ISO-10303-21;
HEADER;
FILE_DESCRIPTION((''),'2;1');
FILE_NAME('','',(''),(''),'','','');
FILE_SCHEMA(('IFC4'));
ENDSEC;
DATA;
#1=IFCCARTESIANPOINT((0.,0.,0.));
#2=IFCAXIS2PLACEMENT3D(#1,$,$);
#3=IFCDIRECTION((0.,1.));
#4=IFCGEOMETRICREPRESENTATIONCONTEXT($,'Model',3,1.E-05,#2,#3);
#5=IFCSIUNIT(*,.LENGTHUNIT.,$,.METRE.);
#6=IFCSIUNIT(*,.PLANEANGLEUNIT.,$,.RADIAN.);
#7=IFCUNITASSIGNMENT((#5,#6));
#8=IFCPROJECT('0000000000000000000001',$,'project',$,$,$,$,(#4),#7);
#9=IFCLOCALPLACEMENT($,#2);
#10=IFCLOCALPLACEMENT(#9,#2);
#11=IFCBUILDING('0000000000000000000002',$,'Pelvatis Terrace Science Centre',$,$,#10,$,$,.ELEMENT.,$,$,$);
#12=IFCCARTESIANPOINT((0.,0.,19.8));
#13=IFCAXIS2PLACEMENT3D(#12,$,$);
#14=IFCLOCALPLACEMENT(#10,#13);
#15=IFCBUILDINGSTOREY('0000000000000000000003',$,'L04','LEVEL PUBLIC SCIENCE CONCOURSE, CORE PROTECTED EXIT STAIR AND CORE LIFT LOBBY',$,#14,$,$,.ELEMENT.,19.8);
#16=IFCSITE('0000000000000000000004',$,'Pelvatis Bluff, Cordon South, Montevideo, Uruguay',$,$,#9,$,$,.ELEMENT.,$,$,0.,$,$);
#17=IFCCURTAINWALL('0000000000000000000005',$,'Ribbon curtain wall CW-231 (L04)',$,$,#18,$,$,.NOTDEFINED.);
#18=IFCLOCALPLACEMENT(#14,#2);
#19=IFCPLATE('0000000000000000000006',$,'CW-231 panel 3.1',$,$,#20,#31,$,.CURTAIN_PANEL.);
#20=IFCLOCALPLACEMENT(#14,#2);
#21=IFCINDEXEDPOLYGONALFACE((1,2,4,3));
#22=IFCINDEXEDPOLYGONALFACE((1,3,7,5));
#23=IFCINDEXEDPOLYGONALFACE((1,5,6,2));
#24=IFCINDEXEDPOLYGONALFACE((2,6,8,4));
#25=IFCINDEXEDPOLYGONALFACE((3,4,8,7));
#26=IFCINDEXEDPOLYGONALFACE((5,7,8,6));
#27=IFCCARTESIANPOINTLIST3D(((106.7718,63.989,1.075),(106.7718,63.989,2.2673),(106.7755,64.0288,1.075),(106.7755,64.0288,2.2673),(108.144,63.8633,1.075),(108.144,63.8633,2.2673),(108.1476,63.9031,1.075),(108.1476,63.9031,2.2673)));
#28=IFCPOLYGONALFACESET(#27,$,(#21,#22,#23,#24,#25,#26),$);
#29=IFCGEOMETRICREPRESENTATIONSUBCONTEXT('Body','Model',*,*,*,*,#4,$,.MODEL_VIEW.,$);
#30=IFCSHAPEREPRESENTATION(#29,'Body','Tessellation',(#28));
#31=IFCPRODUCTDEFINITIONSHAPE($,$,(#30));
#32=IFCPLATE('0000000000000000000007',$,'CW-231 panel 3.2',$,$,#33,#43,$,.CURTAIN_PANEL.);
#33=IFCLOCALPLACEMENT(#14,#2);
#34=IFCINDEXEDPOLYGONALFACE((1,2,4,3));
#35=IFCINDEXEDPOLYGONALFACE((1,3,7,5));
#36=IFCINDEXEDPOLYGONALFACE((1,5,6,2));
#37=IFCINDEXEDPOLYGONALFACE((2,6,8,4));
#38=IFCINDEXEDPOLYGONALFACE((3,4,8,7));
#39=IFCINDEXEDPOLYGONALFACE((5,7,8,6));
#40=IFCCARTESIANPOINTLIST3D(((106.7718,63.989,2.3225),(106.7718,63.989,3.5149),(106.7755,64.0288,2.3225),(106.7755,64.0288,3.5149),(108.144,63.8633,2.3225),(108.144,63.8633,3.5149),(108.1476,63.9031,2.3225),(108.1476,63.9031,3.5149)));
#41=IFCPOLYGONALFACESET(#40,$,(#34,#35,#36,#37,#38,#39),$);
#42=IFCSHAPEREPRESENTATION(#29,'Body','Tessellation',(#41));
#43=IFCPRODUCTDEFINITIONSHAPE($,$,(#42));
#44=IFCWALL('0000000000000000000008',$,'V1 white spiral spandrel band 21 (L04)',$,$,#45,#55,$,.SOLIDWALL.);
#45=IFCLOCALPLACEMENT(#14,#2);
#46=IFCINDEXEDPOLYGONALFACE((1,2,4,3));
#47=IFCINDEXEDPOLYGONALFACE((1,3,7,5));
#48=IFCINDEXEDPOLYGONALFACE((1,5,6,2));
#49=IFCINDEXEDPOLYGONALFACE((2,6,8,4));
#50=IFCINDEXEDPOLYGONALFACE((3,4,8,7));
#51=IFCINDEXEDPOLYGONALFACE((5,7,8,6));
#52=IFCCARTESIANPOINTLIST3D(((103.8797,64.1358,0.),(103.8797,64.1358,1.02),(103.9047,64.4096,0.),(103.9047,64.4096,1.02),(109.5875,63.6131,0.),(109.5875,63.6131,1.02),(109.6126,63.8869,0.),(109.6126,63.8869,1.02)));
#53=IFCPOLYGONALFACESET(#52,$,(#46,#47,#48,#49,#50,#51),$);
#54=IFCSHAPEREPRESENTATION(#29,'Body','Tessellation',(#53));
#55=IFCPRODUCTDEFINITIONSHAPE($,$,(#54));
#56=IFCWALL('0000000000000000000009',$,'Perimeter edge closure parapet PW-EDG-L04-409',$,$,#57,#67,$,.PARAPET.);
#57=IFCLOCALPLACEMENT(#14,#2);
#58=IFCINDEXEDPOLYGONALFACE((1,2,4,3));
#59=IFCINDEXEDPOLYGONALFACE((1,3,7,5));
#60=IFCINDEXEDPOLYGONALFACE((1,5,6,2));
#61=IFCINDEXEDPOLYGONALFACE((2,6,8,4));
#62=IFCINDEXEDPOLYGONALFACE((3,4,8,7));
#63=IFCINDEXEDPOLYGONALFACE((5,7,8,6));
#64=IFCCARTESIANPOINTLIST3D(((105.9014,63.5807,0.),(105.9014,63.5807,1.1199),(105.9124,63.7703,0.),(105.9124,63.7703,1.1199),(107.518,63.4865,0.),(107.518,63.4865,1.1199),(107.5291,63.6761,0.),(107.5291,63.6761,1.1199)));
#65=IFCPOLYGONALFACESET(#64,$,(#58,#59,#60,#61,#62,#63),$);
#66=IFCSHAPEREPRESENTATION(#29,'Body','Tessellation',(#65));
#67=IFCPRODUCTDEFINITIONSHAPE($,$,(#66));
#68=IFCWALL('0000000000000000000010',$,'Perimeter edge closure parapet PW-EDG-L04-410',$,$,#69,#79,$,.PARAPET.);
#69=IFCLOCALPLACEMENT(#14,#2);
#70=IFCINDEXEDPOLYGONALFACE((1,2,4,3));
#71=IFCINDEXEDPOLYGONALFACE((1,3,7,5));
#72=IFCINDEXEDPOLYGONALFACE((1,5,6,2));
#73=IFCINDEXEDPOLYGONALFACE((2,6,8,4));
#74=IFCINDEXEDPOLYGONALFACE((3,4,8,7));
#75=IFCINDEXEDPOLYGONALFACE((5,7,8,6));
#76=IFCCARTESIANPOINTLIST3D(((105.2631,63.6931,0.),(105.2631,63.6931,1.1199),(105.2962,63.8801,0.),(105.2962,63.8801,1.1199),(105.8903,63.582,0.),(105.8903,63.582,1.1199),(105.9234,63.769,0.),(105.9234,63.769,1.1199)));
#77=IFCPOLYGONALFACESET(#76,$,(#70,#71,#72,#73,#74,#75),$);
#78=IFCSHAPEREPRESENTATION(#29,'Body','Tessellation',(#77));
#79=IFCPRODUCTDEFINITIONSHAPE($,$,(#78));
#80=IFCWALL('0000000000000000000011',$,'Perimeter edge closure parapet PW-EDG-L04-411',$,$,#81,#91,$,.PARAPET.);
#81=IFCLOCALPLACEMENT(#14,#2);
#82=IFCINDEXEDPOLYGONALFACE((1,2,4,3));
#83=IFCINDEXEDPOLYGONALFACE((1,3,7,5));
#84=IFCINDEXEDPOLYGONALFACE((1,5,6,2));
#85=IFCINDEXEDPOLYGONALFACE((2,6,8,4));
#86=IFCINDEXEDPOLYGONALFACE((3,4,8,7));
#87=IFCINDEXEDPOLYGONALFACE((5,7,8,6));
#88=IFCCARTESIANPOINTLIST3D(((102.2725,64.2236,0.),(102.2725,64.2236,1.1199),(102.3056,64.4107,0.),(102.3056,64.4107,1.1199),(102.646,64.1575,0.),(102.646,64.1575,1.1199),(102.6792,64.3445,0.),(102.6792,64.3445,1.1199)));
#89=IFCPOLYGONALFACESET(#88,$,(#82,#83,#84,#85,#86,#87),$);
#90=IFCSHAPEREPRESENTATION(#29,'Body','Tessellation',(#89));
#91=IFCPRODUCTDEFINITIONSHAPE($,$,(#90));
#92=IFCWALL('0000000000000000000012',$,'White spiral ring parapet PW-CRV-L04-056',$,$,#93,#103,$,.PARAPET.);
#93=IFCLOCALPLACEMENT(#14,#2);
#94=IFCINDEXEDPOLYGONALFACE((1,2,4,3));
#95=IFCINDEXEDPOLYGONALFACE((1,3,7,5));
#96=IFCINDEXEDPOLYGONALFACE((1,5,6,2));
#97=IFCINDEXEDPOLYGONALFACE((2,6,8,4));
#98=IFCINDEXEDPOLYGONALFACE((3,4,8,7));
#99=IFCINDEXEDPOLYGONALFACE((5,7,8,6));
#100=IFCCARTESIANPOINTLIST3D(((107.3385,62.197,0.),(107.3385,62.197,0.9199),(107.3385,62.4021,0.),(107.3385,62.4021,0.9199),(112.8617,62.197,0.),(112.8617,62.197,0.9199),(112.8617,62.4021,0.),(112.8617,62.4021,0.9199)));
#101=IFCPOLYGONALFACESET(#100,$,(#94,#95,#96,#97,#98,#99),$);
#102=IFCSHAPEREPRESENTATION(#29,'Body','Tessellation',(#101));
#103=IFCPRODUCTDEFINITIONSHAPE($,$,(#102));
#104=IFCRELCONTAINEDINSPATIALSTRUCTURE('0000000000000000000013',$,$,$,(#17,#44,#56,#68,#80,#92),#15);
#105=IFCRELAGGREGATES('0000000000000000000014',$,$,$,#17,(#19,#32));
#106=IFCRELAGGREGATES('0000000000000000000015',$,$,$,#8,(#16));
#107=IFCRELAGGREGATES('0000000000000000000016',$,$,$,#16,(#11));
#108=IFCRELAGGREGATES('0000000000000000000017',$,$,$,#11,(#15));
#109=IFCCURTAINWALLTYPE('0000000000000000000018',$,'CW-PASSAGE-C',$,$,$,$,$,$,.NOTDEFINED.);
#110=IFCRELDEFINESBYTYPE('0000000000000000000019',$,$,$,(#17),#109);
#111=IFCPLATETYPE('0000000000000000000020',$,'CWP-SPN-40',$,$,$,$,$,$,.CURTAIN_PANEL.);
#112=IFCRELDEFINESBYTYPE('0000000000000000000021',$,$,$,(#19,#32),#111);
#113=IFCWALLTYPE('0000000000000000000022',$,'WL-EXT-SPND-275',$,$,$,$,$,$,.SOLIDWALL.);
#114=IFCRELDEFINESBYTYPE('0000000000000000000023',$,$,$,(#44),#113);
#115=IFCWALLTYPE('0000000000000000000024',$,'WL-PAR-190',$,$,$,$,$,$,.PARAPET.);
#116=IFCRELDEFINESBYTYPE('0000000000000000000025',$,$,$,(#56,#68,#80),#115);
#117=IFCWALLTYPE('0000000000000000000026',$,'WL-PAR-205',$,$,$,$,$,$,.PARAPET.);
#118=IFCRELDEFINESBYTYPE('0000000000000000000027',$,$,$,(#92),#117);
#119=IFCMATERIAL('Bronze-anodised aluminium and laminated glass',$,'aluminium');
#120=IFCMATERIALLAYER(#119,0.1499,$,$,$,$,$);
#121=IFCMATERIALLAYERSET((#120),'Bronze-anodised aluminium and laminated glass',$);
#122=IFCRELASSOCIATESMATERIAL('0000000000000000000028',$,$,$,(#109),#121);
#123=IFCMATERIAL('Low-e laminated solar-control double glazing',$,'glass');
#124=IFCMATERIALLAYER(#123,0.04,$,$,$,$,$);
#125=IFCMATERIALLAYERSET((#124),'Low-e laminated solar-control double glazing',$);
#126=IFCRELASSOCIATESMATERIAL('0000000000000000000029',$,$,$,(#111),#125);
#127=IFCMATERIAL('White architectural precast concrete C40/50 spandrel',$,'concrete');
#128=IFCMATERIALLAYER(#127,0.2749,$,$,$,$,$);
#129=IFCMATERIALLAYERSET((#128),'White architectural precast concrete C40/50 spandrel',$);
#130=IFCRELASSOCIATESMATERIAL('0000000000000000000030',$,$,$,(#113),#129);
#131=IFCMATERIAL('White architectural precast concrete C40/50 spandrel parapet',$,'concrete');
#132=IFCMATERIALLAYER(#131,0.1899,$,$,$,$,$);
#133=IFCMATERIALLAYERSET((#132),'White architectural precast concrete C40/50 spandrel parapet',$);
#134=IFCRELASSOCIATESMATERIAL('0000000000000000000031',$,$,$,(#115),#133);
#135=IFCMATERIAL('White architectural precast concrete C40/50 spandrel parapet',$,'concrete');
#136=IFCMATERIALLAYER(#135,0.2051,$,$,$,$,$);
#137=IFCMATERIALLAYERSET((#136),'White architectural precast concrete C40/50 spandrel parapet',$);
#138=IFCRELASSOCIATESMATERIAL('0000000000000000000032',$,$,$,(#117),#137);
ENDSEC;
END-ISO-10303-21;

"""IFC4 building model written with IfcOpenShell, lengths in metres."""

from ifc_helpers import new_model, si_unit, direction, frame, frame_2d, origin, origin_2d, place, context, subcontext, project, spatial, rectangle, extrude, material, layer, layer_set, type_object, element, aggregate, save


model = new_model("IFC4")

# Units and contexts
model_context = context("Model", 3, precision=1e-05, world=origin(), true_north=direction((0.0, 1.0)))
body_context = subcontext(model_context, "Body", "Model", "MODEL_VIEW")
ifc_project = project(units=[si_unit("LENGTHUNIT", "METRE"), si_unit("PLANEANGLEUNIT", "RADIAN")], contexts=[model_context])

# Site, building, storey
site_placement = place(None, origin())
site = spatial("IfcSite", under=ifc_project, at=site_placement, Name="Pelvatis Bluff, Cordon South, Montevideo, Uruguay", CompositionType="ELEMENT", RefElevation=0.0)
building_placement = place(site_placement, origin())
building = spatial("IfcBuilding", under=site, at=building_placement, Name="Pelvatis Terrace Science Centre", CompositionType="ELEMENT")
storey_placement = place(building_placement, frame((0.0, 0.0, 19.8)))
storey = spatial("IfcBuildingStorey", under=building, at=storey_placement, Name="L04", Description="LEVEL PUBLIC SCIENCE CONCOURSE, CORE PROTECTED EXIT STAIR AND CORE LIFT LOBBY", CompositionType="ELEMENT", Elevation=19.8)

# Shared definitions
ifc_material_1 = material(Name="Bronze-anodised aluminium and laminated glass", Category="aluminium")
ifc_layer_1 = layer(ifc_material_1, 0.1499)
ifc_layer_set_1 = layer_set([ifc_layer_1], Name="Bronze-anodised aluminium and laminated glass")
curtain_wall_type = type_object("IfcCurtainWallType", Name="CW-PASSAGE-C", PredefinedType="NOTDEFINED", material=ifc_layer_set_1)

# Curtain wall
curtain_wall_1_placement = place(storey_placement, origin())
curtain_wall_1 = element("IfcCurtainWall", 1, at=curtain_wall_1_placement, inside=storey, type_object=curtain_wall_type, Name="Ribbon curtain wall CW-231 (L04)", PredefinedType="NOTDEFINED")

# Plates
ifc_material_2 = material(Name="Low-e laminated solar-control double glazing", Category="glass")
ifc_layer_2 = layer(ifc_material_2, 0.04)
ifc_layer_set_2 = layer_set([ifc_layer_2], Name="Low-e laminated solar-control double glazing")
plate_type = type_object("IfcPlateType", Name="CWP-SPN-40", PredefinedType="CURTAIN_PANEL", material=ifc_layer_set_2)
plate_1_placement = place(storey_placement, frame((107.4597, 63.946, 1.075), z_axis=(0.0, 0.0, 1.0), x_axis=(0.995831, -0.091214, 0.0)))
plate_1 = element("IfcPlate", 2, at=plate_1_placement, type_object=plate_type, Name="CW-231 panel 3.1", PredefinedType="CURTAIN_PANEL", context=body_context, shape_type="SweptSolid", body=[
    extrude(rectangle(XDim=1.3779, YDim=0.04, at=origin_2d()), origin(), (0.0, 0.0, 1.0), 1.1924),
])
plate_2_placement = place(storey_placement, frame((107.4597, 63.946, 2.3225), z_axis=(0.0, 0.0, 1.0), x_axis=(0.995831, -0.091214, 0.0)))
plate_2 = element("IfcPlate", 3, at=plate_2_placement, type_object=plate_type, Name="CW-231 panel 3.2", PredefinedType="CURTAIN_PANEL", context=body_context, shape_type="SweptSolid", body=[
    extrude(rectangle(XDim=1.3779, YDim=0.04, at=origin_2d()), origin(), (0.0, 0.0, 1.0), 1.1924),
])
aggregate(curtain_wall_1, [plate_1, plate_2])

# Walls
ifc_material_3 = material(Name="White architectural precast concrete C40/50 spandrel", Category="concrete")
ifc_layer_3 = layer(ifc_material_3, 0.2749)
ifc_layer_set_3 = layer_set([ifc_layer_3], Name="White architectural precast concrete C40/50 spandrel")
wall_type_1 = type_object("IfcWallType", Name="WL-EXT-SPND-275", PredefinedType="SOLIDWALL", material=ifc_layer_set_3)
wall_1_placement = place(storey_placement, frame((103.8923, 64.2727, 0.0), z_axis=(0.0, 0.0, 1.0), x_axis=(0.995833, -0.091196, 0.0)))
element("IfcWall", 4, at=wall_1_placement, inside=storey, type_object=wall_type_1, Name="V1 white spiral spandrel band 21 (L04)", PredefinedType="SOLIDWALL", context=body_context, shape_type="SweptSolid", body=[
    extrude(rectangle(XDim=5.7317, YDim=0.2749, at=frame_2d((2.8657, 0.0))), origin(), (0.0, 0.0, 1.0), 1.02),
])
ifc_material_4 = material(Name="White architectural precast concrete C40/50 spandrel parapet", Category="concrete")
ifc_layer_4 = layer(ifc_material_4, 0.1899)
ifc_layer_set_4 = layer_set([ifc_layer_4], Name="White architectural precast concrete C40/50 spandrel parapet")
wall_type_2 = type_object("IfcWallType", Name="WL-PAR-190", PredefinedType="PARAPET", material=ifc_layer_set_4)
wall_2_placement = place(storey_placement, frame((107.5234, 63.5813, 0.0), z_axis=(0.0, 0.0, 1.0), x_axis=(-0.998305, 0.058192, 0.0)))
element("IfcWall", 5, at=wall_2_placement, inside=storey, type_object=wall_type_2, Name="Perimeter edge closure parapet PW-EDG-L04-409", PredefinedType="PARAPET", context=body_context, shape_type="SweptSolid", body=[
    extrude(rectangle(XDim=1.6194, YDim=0.1899, at=frame_2d((0.8096, 0.0))), origin(), (0.0, 0.0, 1.0), 1.1199),
])
wall_3_placement = place(storey_placement, frame((105.9067, 63.6755, 0.0), z_axis=(0.0, 0.0, 1.0), x_axis=(-0.984675, 0.174398, 0.0)))
element("IfcWall", 6, at=wall_3_placement, inside=storey, type_object=wall_type_2, Name="Perimeter edge closure parapet PW-EDG-L04-410", PredefinedType="PARAPET", context=body_context, shape_type="SweptSolid", body=[
    extrude(rectangle(XDim=0.637, YDim=0.1899, at=frame_2d((0.3184, 0.0))), origin(), (0.0, 0.0, 1.0), 1.1199),
])
wall_4_placement = place(storey_placement, frame((102.6626, 64.251, 0.0), z_axis=(0.0, 0.0, 1.0), x_axis=(-0.984673, 0.174409, 0.0)))
element("IfcWall", 7, at=wall_4_placement, inside=storey, type_object=wall_type_2, Name="Perimeter edge closure parapet PW-EDG-L04-411", PredefinedType="PARAPET", context=body_context, shape_type="SweptSolid", body=[
    extrude(rectangle(XDim=0.3794, YDim=0.1899, at=frame_2d((0.1897, 0.0))), origin(), (0.0, 0.0, 1.0), 1.1199),
])
ifc_material_5 = material(Name="White architectural precast concrete C40/50 spandrel parapet", Category="concrete")
ifc_layer_5 = layer(ifc_material_5, 0.2051)
ifc_layer_set_5 = layer_set([ifc_layer_5], Name="White architectural precast concrete C40/50 spandrel parapet")
wall_type_3 = type_object("IfcWallType", Name="WL-PAR-205", PredefinedType="PARAPET", material=ifc_layer_set_5)
wall_5_placement = place(storey_placement, frame((107.3384, 62.2996, 0.0), z_axis=(0.0, 0.0, 1.0), x_axis=(1.0, 0.0, 0.0)))
element("IfcWall", 8, at=wall_5_placement, inside=storey, type_object=wall_type_3, Name="White spiral ring parapet PW-CRV-L04-056", PredefinedType="PARAPET", context=body_context, shape_type="SweptSolid", body=[
    extrude(rectangle(XDim=5.5232, YDim=0.2051, at=frame_2d((2.7617, 0.0))), origin(), (0.0, 0.0, 1.0), 0.9199),
])

save(model, "model.ifc")
